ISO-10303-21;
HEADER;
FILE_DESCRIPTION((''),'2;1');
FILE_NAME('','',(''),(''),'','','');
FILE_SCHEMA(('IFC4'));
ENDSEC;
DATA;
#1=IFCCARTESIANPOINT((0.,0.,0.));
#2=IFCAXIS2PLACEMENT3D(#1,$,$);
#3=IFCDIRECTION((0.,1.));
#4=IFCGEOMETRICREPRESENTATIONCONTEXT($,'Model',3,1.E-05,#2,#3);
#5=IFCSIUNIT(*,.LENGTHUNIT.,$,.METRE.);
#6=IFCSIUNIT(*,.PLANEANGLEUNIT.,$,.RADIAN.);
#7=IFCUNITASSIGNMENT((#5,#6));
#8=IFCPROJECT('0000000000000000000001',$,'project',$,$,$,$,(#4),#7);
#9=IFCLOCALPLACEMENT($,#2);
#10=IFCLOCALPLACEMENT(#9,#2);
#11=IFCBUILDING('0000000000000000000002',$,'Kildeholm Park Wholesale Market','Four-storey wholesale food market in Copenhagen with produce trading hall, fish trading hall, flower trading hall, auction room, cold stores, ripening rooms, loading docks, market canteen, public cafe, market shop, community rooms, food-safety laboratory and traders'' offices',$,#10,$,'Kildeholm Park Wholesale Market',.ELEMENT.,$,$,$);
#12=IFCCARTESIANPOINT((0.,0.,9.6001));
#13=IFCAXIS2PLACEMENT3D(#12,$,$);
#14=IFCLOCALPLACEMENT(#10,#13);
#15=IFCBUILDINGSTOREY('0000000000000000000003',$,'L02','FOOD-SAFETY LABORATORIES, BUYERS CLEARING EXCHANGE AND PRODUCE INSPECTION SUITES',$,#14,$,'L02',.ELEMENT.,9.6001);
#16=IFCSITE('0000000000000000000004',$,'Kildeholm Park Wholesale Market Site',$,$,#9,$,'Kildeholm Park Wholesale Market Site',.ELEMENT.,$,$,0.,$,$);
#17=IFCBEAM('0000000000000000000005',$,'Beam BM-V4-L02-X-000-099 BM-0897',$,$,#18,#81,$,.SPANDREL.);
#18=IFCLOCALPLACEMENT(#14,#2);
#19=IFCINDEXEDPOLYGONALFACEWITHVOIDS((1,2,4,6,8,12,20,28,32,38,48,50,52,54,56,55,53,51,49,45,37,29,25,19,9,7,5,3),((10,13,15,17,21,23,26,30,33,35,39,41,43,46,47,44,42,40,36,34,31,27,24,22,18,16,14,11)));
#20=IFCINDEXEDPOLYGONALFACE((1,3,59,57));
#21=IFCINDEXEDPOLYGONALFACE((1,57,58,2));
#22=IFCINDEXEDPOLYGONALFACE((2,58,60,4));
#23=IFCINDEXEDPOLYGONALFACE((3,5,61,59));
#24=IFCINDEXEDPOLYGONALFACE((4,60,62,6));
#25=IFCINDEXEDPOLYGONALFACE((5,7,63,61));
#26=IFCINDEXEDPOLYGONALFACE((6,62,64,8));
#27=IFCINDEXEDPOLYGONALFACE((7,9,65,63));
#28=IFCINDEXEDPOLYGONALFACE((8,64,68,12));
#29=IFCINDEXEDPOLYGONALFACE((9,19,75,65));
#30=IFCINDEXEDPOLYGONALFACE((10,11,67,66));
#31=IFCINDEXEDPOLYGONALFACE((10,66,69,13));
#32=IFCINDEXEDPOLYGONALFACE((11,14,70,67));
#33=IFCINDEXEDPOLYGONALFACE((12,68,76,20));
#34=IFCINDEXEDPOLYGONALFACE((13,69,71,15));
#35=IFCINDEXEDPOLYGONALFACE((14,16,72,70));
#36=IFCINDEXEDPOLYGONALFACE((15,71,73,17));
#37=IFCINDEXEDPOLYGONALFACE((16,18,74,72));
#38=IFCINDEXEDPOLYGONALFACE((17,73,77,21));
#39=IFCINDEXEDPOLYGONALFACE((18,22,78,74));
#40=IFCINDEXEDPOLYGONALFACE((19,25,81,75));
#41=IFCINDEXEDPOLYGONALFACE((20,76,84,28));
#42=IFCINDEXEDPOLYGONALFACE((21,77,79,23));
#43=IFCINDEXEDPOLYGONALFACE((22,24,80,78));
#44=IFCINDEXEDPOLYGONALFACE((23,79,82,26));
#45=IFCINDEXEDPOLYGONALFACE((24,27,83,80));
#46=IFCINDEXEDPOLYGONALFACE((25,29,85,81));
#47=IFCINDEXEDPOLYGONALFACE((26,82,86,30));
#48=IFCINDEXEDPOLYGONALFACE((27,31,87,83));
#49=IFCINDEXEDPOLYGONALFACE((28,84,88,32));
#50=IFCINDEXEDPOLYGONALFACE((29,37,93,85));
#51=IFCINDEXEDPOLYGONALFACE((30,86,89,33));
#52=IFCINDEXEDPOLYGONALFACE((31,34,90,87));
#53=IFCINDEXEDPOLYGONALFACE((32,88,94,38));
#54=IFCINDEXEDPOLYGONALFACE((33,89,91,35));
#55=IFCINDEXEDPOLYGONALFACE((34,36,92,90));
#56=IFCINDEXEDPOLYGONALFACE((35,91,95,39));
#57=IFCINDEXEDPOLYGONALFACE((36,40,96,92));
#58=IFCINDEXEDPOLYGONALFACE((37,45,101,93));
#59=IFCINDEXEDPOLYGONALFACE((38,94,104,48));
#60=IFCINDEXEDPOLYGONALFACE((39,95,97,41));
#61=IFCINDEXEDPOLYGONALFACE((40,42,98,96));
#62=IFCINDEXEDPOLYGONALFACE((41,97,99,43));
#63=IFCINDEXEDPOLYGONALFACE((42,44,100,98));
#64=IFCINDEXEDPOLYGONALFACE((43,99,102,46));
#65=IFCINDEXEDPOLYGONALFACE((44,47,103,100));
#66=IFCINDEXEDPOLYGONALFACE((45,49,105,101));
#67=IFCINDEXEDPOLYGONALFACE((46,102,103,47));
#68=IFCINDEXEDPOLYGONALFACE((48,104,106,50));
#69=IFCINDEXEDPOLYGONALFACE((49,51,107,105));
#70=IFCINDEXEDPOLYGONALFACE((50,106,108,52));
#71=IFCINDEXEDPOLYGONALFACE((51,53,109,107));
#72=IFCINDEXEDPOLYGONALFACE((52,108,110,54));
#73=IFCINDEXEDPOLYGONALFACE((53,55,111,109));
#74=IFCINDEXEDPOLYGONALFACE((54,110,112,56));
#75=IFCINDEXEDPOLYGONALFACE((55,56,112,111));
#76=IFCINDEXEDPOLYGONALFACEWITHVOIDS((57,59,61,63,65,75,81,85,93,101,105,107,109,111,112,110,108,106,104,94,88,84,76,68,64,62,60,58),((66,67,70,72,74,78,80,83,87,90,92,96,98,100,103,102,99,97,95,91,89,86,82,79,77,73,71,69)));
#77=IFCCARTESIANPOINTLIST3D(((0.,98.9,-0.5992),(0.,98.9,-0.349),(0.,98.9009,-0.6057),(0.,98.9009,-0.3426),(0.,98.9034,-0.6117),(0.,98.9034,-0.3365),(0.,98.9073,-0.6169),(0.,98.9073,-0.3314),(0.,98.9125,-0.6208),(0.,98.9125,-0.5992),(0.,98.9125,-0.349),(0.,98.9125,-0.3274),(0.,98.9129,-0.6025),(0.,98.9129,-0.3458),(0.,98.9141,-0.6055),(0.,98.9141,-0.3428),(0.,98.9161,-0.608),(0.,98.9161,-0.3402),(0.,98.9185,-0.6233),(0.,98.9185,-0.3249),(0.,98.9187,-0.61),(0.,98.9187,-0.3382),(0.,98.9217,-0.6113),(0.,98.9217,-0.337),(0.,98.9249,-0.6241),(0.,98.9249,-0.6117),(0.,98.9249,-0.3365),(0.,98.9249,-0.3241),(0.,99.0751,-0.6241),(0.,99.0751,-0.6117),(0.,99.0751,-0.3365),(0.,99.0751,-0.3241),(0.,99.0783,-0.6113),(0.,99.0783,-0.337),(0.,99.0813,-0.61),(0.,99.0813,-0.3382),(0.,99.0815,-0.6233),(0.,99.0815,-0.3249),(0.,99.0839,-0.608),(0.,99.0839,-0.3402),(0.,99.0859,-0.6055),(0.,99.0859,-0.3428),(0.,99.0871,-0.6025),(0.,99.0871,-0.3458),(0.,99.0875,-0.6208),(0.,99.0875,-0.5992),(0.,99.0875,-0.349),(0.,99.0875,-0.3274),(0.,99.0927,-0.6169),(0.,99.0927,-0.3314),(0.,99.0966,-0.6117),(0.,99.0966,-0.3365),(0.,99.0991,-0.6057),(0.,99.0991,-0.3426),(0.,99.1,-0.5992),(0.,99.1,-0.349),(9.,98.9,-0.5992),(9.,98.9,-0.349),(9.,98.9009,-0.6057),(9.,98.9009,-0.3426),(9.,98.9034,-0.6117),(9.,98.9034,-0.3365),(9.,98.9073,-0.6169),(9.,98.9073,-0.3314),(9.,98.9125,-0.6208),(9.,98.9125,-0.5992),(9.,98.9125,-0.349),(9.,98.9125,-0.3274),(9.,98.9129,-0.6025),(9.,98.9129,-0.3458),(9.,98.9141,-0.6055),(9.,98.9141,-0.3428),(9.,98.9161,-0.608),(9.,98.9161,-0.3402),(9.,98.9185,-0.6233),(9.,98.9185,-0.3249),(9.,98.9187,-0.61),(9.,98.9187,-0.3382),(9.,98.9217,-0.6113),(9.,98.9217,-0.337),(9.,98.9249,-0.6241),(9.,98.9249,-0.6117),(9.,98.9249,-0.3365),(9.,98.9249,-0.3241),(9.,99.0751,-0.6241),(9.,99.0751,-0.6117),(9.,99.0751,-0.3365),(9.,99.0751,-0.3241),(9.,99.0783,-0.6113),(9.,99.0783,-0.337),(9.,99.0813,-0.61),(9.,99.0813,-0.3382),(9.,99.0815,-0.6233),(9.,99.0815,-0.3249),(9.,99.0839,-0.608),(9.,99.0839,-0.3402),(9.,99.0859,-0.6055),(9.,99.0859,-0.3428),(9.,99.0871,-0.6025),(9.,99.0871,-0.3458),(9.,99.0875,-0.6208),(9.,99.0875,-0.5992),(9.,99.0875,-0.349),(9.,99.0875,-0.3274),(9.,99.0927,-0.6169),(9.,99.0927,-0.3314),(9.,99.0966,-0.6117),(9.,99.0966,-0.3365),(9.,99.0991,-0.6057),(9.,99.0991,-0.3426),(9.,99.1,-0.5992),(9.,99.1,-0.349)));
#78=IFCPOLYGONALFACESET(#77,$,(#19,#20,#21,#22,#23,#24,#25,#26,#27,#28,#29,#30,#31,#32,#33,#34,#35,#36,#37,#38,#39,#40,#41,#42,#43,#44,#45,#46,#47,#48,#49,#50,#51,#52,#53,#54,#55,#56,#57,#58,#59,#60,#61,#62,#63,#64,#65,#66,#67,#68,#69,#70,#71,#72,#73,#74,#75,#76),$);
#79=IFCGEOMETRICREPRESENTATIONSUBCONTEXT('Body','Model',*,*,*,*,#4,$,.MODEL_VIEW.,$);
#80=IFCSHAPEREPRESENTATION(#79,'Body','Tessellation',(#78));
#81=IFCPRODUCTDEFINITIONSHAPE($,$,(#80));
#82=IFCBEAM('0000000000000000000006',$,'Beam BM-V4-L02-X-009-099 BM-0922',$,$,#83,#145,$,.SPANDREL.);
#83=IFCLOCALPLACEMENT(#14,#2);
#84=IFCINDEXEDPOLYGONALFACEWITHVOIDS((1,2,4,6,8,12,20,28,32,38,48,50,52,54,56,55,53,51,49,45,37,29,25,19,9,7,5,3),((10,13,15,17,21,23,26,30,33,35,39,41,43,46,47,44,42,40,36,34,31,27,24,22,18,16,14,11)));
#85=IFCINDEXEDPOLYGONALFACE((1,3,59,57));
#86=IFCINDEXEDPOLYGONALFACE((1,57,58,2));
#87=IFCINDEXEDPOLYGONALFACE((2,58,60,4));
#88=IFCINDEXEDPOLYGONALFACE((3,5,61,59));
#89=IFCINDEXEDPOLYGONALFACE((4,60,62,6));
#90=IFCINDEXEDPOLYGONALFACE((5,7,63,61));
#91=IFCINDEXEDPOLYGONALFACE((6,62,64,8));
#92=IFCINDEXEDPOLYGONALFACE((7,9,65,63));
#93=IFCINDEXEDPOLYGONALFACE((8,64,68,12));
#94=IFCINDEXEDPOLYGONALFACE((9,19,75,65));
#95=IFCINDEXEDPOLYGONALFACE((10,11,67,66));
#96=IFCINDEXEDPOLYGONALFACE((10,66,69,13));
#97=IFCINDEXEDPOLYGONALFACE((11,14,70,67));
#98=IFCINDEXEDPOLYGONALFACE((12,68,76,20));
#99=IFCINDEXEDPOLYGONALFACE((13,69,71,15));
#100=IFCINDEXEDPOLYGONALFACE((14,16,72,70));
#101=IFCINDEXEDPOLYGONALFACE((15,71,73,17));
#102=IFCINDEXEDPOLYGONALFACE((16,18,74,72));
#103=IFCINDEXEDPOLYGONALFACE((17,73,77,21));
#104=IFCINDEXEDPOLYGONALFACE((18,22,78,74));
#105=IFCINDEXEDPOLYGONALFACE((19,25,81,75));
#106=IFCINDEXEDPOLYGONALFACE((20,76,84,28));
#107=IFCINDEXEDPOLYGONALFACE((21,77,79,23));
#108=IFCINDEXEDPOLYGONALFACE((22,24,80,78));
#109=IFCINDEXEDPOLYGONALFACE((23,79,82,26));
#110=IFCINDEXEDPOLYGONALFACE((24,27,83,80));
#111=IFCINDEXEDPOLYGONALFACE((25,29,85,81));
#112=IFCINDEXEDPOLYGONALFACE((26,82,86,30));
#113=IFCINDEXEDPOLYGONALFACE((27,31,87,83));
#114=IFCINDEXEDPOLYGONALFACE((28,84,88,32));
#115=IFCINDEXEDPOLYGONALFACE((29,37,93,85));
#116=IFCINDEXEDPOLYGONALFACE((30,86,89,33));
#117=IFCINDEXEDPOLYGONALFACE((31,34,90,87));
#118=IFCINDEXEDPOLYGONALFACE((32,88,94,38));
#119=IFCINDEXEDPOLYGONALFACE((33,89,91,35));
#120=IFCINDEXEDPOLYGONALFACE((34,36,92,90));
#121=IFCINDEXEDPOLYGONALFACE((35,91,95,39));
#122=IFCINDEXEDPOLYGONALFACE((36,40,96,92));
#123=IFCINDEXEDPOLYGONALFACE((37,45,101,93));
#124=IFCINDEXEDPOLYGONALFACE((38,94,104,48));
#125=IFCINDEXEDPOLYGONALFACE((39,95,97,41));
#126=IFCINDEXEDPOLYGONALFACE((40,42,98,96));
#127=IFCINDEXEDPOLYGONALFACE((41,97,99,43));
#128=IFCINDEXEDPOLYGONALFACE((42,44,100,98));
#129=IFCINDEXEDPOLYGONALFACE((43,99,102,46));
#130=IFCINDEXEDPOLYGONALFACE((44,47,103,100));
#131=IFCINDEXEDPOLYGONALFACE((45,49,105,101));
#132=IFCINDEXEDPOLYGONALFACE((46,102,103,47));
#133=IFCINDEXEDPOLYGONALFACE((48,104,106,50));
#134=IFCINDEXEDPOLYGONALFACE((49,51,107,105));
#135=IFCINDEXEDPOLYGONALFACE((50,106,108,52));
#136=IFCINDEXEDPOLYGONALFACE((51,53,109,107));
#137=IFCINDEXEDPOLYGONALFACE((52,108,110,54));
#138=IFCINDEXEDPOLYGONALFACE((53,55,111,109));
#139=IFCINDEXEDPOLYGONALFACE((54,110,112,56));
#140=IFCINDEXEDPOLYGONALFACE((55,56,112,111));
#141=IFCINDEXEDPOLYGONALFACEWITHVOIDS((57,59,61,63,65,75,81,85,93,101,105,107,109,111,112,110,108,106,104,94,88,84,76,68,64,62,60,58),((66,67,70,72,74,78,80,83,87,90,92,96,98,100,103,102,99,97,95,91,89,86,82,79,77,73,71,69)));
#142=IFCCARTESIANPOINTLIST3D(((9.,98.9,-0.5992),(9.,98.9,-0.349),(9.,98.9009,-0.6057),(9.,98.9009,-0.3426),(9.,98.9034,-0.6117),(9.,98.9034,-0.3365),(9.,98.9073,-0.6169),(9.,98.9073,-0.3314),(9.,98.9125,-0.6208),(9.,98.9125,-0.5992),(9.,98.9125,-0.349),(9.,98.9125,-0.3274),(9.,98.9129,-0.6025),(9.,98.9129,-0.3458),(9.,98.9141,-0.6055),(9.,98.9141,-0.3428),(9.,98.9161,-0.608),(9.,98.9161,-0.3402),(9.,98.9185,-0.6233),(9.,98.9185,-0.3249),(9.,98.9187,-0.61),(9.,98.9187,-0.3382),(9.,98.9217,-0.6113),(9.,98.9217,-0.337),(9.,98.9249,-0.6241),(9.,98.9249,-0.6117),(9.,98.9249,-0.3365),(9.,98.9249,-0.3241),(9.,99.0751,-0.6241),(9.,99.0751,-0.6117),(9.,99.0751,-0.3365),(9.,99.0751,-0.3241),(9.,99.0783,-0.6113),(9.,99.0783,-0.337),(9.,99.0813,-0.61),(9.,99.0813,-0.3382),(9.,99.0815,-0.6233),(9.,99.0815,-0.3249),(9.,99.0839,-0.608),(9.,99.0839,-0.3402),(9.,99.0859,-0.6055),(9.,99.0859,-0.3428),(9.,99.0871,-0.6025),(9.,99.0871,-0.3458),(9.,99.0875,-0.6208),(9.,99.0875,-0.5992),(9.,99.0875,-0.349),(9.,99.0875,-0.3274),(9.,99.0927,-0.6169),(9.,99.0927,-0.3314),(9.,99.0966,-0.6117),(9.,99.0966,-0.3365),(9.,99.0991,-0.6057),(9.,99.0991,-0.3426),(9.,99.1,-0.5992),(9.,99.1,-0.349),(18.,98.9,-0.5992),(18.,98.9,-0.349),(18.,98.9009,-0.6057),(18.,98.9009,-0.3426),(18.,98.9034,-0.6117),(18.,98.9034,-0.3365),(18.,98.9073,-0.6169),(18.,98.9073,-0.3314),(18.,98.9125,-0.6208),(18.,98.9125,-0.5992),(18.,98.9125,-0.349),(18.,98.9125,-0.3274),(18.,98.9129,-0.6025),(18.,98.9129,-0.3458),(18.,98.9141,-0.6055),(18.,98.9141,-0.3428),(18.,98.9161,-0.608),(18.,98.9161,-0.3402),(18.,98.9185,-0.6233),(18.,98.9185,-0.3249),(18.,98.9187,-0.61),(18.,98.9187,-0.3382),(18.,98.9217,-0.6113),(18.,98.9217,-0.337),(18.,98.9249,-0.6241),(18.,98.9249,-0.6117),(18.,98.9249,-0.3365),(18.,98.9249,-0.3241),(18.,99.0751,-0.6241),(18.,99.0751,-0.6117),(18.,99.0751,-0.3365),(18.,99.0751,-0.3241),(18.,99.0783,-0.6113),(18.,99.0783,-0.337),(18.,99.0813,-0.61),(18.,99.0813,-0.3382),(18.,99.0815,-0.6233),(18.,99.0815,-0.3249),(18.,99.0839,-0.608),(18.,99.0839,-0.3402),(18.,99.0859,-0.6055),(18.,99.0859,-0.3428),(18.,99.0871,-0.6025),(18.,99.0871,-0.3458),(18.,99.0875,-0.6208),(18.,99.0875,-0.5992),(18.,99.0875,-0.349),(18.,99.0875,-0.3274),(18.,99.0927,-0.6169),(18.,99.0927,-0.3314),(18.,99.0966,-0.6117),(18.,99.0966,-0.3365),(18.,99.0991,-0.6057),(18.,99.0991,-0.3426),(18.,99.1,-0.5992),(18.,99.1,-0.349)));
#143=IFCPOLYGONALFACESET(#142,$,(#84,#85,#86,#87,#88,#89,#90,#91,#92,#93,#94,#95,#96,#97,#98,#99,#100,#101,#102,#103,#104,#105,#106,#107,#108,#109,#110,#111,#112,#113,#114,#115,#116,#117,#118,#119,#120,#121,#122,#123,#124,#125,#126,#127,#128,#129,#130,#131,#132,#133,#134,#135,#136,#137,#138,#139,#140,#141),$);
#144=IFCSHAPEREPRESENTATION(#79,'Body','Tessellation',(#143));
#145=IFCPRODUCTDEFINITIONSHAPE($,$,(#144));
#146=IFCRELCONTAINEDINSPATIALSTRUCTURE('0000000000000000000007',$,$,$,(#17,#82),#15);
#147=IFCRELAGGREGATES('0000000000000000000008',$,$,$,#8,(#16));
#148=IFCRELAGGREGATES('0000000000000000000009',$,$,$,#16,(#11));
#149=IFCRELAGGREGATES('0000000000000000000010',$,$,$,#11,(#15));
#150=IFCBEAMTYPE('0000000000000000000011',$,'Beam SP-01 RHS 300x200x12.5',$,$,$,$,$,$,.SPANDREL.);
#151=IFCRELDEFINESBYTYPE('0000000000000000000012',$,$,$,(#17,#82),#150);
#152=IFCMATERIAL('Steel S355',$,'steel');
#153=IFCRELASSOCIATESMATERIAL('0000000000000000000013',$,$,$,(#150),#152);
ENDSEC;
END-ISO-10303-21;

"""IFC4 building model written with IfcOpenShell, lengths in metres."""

from ifc_helpers import new_model, si_unit, direction, frame, origin, origin_2d, place, context, subcontext, project, spatial, hollow_rectangle, extrude, material, material_profile, profile_set, type_object, element, save


model = new_model("IFC4")

# Units and contexts
model_context = context("Model", 3, precision=1e-05, world=origin(), true_north=direction((0.0, 1.0)))
body_context = subcontext(model_context, "Body", "Model", "MODEL_VIEW")
ifc_project = project(units=[si_unit("LENGTHUNIT", "METRE"), si_unit("PLANEANGLEUNIT", "RADIAN")], contexts=[model_context])

# Site, building, storey
site_placement = place(None, origin())
site = spatial("IfcSite", under=ifc_project, at=site_placement, Name="Kildeholm Park Wholesale Market Site", LongName="Kildeholm Park Wholesale Market Site", CompositionType="ELEMENT", RefElevation=0.0)
building_placement = place(site_placement, origin())
building = spatial("IfcBuilding", under=site, at=building_placement, Name="Kildeholm Park Wholesale Market", Description="Four-storey wholesale food market in Copenhagen with produce trading hall, fish trading hall, flower trading hall, auction room, cold stores, ripening rooms, loading docks, market canteen, public cafe, market shop, community rooms, food-safety laboratory and traders' offices", LongName="Kildeholm Park Wholesale Market", CompositionType="ELEMENT")
storey_placement = place(building_placement, frame((0.0, 0.0, 9.6001)))
storey = spatial("IfcBuildingStorey", under=building, at=storey_placement, Name="L02", Description="FOOD-SAFETY LABORATORIES, BUYERS CLEARING EXCHANGE AND PRODUCE INSPECTION SUITES", LongName="L02", CompositionType="ELEMENT", Elevation=9.6001)

# Beams
ifc_material_1 = material(Name="Steel S355", Category="steel")
ifc_material_profile_1 = material_profile(ifc_material_1, hollow_rectangle(XDim=0.2, YDim=0.3, WallThickness=0.0125, InnerFilletRadius=0.0125, OuterFilletRadius=0.0249, at=origin_2d()), Name="RHS 300x200x12.5")
ifc_profile_set_1 = profile_set([ifc_material_profile_1], Name="Steel S355")
beam_type_1 = type_object("IfcBeamType", Name="Beam SP-01 RHS 300x200x12.5", PredefinedType="SPANDREL", material=ifc_profile_set_1)
for number, where, z_axis, x_axis, name in (
    (1, (0.0, 99.0, -0.4741), (1.0, 0.0, 0.0), (0.0, 1.0, 0.0), "Beam BM-V4-L02-X-000-099 BM-0897"),
    (2, (9.0, 99.0, -0.4741), (1.0, 0.0, 0.0), (0.0, 1.0, 0.0), "Beam BM-V4-L02-X-009-099 BM-0922"),
):
    element("IfcBeam", number, at=place(storey_placement, frame(where, z_axis=z_axis, x_axis=x_axis)), inside=storey, type_object=beam_type_1, Name=name, PredefinedType="SPANDREL", context=body_context, shape_type="SweptSolid", body=[
        extrude(hollow_rectangle(XDim=0.2, YDim=0.3, WallThickness=0.0125, InnerFilletRadius=0.0125, OuterFilletRadius=0.0249, at=origin_2d()), origin(), (0.0, 0.0, 1.0), 9.0),
    ])

save(model, "model.ifc")
